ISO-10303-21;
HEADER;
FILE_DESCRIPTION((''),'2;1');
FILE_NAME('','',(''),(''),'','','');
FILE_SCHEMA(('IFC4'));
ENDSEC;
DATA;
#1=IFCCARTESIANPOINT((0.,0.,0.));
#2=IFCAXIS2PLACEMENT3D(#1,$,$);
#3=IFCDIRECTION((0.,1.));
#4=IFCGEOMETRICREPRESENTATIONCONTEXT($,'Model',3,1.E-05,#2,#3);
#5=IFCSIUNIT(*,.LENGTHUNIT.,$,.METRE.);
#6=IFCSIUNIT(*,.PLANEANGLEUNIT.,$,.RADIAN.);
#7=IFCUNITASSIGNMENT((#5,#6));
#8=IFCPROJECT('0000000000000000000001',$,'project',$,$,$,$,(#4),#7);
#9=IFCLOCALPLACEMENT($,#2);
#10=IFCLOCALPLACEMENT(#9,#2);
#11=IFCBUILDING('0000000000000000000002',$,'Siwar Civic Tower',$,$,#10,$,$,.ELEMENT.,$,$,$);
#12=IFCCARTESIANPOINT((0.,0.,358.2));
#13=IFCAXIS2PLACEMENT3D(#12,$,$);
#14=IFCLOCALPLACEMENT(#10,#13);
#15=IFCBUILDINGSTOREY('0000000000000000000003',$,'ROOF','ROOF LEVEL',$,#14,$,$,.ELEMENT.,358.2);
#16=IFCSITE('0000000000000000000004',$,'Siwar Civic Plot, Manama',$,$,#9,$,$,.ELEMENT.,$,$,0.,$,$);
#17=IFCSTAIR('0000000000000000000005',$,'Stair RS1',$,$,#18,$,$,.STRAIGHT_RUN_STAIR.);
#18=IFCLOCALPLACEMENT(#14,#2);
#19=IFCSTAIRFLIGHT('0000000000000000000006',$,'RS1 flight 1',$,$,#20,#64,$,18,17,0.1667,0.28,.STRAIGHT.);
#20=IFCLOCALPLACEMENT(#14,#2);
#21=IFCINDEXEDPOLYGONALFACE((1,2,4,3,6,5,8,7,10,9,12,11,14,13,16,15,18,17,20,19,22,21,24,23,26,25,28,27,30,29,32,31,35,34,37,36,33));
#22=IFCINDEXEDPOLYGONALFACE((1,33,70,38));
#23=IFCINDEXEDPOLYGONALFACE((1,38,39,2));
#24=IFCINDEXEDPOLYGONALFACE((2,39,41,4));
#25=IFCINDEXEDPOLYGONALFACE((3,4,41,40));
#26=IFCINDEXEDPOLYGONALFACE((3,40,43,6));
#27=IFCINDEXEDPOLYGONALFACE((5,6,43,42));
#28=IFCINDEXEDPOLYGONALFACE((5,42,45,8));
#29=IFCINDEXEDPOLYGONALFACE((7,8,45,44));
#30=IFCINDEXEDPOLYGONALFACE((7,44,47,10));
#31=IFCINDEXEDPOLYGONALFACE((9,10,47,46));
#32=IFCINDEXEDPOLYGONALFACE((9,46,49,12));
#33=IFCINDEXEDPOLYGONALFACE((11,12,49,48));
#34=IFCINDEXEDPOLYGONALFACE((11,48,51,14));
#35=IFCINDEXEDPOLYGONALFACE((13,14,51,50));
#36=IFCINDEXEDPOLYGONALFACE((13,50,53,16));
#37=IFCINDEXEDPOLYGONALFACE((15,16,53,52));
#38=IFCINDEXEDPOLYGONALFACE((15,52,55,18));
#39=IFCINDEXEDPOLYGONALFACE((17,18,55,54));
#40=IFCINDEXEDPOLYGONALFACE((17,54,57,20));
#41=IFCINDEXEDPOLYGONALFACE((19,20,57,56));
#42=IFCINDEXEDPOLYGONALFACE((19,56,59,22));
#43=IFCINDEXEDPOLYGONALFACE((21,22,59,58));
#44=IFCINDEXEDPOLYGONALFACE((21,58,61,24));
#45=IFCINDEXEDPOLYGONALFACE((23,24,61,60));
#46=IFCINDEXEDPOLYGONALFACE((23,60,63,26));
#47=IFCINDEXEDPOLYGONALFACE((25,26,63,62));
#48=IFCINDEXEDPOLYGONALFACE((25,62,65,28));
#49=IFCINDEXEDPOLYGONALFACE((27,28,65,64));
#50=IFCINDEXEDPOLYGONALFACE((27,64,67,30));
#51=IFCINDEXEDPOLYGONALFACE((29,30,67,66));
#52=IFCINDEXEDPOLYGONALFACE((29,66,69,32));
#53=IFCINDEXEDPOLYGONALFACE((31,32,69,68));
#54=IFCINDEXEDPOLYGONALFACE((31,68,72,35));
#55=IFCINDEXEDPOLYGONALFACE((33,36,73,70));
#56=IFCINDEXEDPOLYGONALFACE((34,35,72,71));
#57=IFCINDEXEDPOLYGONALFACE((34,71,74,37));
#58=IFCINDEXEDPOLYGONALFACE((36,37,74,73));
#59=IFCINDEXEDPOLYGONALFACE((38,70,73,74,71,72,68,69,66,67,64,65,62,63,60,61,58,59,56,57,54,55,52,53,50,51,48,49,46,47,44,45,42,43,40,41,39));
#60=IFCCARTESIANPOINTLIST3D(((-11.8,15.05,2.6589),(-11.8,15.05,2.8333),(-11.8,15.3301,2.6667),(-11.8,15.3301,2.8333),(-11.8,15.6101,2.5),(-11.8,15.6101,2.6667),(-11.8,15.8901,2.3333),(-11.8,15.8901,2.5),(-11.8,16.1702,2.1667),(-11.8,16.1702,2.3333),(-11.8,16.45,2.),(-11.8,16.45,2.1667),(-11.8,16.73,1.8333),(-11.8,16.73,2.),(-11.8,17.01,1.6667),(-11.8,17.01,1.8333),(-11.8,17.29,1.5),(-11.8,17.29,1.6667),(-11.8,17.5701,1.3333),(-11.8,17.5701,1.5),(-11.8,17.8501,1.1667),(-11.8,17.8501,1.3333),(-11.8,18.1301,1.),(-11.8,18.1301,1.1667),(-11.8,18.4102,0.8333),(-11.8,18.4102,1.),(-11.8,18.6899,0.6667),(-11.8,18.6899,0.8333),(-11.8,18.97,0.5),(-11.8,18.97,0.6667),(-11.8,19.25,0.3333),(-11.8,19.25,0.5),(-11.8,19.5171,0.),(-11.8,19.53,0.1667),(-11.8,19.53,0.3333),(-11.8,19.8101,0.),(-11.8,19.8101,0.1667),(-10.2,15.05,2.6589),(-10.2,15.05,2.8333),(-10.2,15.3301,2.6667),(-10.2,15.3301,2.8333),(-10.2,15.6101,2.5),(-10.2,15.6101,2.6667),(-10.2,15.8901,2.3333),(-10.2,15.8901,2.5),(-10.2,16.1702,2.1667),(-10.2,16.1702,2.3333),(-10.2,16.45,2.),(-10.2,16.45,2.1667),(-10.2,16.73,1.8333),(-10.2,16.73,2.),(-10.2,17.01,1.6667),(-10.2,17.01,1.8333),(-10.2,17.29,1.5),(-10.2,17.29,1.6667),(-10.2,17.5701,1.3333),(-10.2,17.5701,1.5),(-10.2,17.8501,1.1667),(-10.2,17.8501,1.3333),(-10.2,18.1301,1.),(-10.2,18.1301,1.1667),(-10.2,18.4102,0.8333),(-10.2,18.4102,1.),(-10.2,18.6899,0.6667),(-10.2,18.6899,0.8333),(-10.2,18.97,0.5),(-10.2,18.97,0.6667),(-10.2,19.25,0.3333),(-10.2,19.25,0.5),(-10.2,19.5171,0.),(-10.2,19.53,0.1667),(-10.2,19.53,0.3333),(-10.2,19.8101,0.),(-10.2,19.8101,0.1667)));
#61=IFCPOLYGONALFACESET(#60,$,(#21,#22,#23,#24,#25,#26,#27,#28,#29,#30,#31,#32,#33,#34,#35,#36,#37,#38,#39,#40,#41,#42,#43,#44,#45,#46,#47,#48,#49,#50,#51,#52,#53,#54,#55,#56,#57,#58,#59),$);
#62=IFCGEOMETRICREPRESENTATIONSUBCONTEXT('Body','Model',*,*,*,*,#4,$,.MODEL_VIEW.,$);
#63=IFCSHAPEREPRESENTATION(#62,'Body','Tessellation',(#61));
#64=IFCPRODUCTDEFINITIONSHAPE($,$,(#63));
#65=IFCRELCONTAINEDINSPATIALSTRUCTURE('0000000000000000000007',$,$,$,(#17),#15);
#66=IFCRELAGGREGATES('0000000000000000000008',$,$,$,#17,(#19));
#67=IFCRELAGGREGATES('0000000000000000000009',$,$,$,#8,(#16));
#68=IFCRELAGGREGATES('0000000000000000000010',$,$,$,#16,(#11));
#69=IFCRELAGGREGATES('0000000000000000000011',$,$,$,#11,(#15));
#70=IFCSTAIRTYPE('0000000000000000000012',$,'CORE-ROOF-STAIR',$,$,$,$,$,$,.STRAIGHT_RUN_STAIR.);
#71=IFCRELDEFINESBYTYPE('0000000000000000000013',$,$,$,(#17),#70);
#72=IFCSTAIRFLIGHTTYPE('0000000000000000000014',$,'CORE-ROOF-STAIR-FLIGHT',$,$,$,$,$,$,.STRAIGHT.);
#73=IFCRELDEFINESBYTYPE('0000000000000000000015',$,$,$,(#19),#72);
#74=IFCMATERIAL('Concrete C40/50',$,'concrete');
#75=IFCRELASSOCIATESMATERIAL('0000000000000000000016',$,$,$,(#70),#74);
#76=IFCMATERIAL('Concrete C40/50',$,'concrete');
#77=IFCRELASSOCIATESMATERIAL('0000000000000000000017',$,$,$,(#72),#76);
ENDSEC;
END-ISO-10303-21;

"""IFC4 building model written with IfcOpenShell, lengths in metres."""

from ifc_helpers import new_model, si_unit, direction, frame, origin, place, context, subcontext, project, spatial, polyline, outline, extrude, material, type_object, element, aggregate, save


model = new_model("IFC4")

# Units and contexts
model_context = context("Model", 3, precision=1e-05, world=origin(), true_north=direction((0.0, 1.0)))
body_context = subcontext(model_context, "Body", "Model", "MODEL_VIEW")
ifc_project = project(units=[si_unit("LENGTHUNIT", "METRE"), si_unit("PLANEANGLEUNIT", "RADIAN")], contexts=[model_context])

# Site, building, storey
site_placement = place(None, origin())
site = spatial("IfcSite", under=ifc_project, at=site_placement, Name="Siwar Civic Plot, Manama", CompositionType="ELEMENT", RefElevation=0.0)
building_placement = place(site_placement, origin())
building = spatial("IfcBuilding", under=site, at=building_placement, Name="Siwar Civic Tower", CompositionType="ELEMENT")
storey_placement = place(building_placement, frame((0.0, 0.0, 358.2)))
storey = spatial("IfcBuildingStorey", under=building, at=storey_placement, Name="ROOF", Description="ROOF LEVEL", CompositionType="ELEMENT", Elevation=358.2)

# Stair, stair flight
ifc_material_1 = material(Name="Concrete C40/50", Category="concrete")
stair_type = type_object("IfcStairType", Name="CORE-ROOF-STAIR", PredefinedType="STRAIGHT_RUN_STAIR", material=ifc_material_1)
stair_placement = place(storey_placement, origin())
stair = element("IfcStair", 1, at=stair_placement, inside=storey, type_object=stair_type, Name="Stair RS1", PredefinedType="STRAIGHT_RUN_STAIR")
ifc_material_2 = material(Name="Concrete C40/50", Category="concrete")
stair_flight_type = type_object("IfcStairFlightType", Name="CORE-ROOF-STAIR-FLIGHT", PredefinedType="STRAIGHT", material=ifc_material_2)
stair_flight_placement = place(storey_placement, frame((-11.0, 19.8101, 0.0), z_axis=(0.0, 0.0, 1.0), x_axis=(0.0, -1.0, 0.0)))
stair_flight = element("IfcStairFlight", 2, at=stair_flight_placement, type_object=stair_flight_type, Name="RS1 flight 1", NumberOfRisers=18, NumberOfTreads=17, PredefinedType="STRAIGHT", RiserHeight=0.1667, TreadLength=0.28, context=body_context, shape_type="SweptSolid", body=[
    extrude(outline(polyline([(0.0, 0.0), (0.0, 0.1667), (0.28, 0.1667), (0.28, 0.3333), (0.5601, 0.3333), (0.5601, 0.5), (0.8401, 0.5), (0.8401, 0.6667), (1.1201, 0.6667), (1.1201, 0.8333), (1.3999, 0.8333), (1.3999, 1.0), (1.6799, 1.0), (1.6799, 1.1667), (1.96, 1.1667), (1.96, 1.3333), (2.24, 1.3333), (2.24, 1.5), (2.52, 1.5), (2.52, 1.6667), (2.8, 1.6667), (2.8, 1.8333), (3.0801, 1.8333), (3.0801, 2.0), (3.3601, 2.0), (3.3601, 2.1667), (3.6399, 2.1667), (3.6399, 2.3333), (3.9199, 2.3333), (3.9199, 2.5), (4.2, 2.5), (4.2, 2.6667), (4.48, 2.6667), (4.48, 2.8333), (4.76, 2.8333), (4.76, 3.0), (4.76, 2.6589), (0.293, 0.0), (0.0, 0.0)])), frame((0.0, 0.8, 0.0), z_axis=(0.0, -1.0, 0.0), x_axis=(1.0, 0.0, 0.0)), (0.0, 0.0, 1.0), 1.6001),
])
aggregate(stair, [stair_flight])

save(model, "model.ifc")
